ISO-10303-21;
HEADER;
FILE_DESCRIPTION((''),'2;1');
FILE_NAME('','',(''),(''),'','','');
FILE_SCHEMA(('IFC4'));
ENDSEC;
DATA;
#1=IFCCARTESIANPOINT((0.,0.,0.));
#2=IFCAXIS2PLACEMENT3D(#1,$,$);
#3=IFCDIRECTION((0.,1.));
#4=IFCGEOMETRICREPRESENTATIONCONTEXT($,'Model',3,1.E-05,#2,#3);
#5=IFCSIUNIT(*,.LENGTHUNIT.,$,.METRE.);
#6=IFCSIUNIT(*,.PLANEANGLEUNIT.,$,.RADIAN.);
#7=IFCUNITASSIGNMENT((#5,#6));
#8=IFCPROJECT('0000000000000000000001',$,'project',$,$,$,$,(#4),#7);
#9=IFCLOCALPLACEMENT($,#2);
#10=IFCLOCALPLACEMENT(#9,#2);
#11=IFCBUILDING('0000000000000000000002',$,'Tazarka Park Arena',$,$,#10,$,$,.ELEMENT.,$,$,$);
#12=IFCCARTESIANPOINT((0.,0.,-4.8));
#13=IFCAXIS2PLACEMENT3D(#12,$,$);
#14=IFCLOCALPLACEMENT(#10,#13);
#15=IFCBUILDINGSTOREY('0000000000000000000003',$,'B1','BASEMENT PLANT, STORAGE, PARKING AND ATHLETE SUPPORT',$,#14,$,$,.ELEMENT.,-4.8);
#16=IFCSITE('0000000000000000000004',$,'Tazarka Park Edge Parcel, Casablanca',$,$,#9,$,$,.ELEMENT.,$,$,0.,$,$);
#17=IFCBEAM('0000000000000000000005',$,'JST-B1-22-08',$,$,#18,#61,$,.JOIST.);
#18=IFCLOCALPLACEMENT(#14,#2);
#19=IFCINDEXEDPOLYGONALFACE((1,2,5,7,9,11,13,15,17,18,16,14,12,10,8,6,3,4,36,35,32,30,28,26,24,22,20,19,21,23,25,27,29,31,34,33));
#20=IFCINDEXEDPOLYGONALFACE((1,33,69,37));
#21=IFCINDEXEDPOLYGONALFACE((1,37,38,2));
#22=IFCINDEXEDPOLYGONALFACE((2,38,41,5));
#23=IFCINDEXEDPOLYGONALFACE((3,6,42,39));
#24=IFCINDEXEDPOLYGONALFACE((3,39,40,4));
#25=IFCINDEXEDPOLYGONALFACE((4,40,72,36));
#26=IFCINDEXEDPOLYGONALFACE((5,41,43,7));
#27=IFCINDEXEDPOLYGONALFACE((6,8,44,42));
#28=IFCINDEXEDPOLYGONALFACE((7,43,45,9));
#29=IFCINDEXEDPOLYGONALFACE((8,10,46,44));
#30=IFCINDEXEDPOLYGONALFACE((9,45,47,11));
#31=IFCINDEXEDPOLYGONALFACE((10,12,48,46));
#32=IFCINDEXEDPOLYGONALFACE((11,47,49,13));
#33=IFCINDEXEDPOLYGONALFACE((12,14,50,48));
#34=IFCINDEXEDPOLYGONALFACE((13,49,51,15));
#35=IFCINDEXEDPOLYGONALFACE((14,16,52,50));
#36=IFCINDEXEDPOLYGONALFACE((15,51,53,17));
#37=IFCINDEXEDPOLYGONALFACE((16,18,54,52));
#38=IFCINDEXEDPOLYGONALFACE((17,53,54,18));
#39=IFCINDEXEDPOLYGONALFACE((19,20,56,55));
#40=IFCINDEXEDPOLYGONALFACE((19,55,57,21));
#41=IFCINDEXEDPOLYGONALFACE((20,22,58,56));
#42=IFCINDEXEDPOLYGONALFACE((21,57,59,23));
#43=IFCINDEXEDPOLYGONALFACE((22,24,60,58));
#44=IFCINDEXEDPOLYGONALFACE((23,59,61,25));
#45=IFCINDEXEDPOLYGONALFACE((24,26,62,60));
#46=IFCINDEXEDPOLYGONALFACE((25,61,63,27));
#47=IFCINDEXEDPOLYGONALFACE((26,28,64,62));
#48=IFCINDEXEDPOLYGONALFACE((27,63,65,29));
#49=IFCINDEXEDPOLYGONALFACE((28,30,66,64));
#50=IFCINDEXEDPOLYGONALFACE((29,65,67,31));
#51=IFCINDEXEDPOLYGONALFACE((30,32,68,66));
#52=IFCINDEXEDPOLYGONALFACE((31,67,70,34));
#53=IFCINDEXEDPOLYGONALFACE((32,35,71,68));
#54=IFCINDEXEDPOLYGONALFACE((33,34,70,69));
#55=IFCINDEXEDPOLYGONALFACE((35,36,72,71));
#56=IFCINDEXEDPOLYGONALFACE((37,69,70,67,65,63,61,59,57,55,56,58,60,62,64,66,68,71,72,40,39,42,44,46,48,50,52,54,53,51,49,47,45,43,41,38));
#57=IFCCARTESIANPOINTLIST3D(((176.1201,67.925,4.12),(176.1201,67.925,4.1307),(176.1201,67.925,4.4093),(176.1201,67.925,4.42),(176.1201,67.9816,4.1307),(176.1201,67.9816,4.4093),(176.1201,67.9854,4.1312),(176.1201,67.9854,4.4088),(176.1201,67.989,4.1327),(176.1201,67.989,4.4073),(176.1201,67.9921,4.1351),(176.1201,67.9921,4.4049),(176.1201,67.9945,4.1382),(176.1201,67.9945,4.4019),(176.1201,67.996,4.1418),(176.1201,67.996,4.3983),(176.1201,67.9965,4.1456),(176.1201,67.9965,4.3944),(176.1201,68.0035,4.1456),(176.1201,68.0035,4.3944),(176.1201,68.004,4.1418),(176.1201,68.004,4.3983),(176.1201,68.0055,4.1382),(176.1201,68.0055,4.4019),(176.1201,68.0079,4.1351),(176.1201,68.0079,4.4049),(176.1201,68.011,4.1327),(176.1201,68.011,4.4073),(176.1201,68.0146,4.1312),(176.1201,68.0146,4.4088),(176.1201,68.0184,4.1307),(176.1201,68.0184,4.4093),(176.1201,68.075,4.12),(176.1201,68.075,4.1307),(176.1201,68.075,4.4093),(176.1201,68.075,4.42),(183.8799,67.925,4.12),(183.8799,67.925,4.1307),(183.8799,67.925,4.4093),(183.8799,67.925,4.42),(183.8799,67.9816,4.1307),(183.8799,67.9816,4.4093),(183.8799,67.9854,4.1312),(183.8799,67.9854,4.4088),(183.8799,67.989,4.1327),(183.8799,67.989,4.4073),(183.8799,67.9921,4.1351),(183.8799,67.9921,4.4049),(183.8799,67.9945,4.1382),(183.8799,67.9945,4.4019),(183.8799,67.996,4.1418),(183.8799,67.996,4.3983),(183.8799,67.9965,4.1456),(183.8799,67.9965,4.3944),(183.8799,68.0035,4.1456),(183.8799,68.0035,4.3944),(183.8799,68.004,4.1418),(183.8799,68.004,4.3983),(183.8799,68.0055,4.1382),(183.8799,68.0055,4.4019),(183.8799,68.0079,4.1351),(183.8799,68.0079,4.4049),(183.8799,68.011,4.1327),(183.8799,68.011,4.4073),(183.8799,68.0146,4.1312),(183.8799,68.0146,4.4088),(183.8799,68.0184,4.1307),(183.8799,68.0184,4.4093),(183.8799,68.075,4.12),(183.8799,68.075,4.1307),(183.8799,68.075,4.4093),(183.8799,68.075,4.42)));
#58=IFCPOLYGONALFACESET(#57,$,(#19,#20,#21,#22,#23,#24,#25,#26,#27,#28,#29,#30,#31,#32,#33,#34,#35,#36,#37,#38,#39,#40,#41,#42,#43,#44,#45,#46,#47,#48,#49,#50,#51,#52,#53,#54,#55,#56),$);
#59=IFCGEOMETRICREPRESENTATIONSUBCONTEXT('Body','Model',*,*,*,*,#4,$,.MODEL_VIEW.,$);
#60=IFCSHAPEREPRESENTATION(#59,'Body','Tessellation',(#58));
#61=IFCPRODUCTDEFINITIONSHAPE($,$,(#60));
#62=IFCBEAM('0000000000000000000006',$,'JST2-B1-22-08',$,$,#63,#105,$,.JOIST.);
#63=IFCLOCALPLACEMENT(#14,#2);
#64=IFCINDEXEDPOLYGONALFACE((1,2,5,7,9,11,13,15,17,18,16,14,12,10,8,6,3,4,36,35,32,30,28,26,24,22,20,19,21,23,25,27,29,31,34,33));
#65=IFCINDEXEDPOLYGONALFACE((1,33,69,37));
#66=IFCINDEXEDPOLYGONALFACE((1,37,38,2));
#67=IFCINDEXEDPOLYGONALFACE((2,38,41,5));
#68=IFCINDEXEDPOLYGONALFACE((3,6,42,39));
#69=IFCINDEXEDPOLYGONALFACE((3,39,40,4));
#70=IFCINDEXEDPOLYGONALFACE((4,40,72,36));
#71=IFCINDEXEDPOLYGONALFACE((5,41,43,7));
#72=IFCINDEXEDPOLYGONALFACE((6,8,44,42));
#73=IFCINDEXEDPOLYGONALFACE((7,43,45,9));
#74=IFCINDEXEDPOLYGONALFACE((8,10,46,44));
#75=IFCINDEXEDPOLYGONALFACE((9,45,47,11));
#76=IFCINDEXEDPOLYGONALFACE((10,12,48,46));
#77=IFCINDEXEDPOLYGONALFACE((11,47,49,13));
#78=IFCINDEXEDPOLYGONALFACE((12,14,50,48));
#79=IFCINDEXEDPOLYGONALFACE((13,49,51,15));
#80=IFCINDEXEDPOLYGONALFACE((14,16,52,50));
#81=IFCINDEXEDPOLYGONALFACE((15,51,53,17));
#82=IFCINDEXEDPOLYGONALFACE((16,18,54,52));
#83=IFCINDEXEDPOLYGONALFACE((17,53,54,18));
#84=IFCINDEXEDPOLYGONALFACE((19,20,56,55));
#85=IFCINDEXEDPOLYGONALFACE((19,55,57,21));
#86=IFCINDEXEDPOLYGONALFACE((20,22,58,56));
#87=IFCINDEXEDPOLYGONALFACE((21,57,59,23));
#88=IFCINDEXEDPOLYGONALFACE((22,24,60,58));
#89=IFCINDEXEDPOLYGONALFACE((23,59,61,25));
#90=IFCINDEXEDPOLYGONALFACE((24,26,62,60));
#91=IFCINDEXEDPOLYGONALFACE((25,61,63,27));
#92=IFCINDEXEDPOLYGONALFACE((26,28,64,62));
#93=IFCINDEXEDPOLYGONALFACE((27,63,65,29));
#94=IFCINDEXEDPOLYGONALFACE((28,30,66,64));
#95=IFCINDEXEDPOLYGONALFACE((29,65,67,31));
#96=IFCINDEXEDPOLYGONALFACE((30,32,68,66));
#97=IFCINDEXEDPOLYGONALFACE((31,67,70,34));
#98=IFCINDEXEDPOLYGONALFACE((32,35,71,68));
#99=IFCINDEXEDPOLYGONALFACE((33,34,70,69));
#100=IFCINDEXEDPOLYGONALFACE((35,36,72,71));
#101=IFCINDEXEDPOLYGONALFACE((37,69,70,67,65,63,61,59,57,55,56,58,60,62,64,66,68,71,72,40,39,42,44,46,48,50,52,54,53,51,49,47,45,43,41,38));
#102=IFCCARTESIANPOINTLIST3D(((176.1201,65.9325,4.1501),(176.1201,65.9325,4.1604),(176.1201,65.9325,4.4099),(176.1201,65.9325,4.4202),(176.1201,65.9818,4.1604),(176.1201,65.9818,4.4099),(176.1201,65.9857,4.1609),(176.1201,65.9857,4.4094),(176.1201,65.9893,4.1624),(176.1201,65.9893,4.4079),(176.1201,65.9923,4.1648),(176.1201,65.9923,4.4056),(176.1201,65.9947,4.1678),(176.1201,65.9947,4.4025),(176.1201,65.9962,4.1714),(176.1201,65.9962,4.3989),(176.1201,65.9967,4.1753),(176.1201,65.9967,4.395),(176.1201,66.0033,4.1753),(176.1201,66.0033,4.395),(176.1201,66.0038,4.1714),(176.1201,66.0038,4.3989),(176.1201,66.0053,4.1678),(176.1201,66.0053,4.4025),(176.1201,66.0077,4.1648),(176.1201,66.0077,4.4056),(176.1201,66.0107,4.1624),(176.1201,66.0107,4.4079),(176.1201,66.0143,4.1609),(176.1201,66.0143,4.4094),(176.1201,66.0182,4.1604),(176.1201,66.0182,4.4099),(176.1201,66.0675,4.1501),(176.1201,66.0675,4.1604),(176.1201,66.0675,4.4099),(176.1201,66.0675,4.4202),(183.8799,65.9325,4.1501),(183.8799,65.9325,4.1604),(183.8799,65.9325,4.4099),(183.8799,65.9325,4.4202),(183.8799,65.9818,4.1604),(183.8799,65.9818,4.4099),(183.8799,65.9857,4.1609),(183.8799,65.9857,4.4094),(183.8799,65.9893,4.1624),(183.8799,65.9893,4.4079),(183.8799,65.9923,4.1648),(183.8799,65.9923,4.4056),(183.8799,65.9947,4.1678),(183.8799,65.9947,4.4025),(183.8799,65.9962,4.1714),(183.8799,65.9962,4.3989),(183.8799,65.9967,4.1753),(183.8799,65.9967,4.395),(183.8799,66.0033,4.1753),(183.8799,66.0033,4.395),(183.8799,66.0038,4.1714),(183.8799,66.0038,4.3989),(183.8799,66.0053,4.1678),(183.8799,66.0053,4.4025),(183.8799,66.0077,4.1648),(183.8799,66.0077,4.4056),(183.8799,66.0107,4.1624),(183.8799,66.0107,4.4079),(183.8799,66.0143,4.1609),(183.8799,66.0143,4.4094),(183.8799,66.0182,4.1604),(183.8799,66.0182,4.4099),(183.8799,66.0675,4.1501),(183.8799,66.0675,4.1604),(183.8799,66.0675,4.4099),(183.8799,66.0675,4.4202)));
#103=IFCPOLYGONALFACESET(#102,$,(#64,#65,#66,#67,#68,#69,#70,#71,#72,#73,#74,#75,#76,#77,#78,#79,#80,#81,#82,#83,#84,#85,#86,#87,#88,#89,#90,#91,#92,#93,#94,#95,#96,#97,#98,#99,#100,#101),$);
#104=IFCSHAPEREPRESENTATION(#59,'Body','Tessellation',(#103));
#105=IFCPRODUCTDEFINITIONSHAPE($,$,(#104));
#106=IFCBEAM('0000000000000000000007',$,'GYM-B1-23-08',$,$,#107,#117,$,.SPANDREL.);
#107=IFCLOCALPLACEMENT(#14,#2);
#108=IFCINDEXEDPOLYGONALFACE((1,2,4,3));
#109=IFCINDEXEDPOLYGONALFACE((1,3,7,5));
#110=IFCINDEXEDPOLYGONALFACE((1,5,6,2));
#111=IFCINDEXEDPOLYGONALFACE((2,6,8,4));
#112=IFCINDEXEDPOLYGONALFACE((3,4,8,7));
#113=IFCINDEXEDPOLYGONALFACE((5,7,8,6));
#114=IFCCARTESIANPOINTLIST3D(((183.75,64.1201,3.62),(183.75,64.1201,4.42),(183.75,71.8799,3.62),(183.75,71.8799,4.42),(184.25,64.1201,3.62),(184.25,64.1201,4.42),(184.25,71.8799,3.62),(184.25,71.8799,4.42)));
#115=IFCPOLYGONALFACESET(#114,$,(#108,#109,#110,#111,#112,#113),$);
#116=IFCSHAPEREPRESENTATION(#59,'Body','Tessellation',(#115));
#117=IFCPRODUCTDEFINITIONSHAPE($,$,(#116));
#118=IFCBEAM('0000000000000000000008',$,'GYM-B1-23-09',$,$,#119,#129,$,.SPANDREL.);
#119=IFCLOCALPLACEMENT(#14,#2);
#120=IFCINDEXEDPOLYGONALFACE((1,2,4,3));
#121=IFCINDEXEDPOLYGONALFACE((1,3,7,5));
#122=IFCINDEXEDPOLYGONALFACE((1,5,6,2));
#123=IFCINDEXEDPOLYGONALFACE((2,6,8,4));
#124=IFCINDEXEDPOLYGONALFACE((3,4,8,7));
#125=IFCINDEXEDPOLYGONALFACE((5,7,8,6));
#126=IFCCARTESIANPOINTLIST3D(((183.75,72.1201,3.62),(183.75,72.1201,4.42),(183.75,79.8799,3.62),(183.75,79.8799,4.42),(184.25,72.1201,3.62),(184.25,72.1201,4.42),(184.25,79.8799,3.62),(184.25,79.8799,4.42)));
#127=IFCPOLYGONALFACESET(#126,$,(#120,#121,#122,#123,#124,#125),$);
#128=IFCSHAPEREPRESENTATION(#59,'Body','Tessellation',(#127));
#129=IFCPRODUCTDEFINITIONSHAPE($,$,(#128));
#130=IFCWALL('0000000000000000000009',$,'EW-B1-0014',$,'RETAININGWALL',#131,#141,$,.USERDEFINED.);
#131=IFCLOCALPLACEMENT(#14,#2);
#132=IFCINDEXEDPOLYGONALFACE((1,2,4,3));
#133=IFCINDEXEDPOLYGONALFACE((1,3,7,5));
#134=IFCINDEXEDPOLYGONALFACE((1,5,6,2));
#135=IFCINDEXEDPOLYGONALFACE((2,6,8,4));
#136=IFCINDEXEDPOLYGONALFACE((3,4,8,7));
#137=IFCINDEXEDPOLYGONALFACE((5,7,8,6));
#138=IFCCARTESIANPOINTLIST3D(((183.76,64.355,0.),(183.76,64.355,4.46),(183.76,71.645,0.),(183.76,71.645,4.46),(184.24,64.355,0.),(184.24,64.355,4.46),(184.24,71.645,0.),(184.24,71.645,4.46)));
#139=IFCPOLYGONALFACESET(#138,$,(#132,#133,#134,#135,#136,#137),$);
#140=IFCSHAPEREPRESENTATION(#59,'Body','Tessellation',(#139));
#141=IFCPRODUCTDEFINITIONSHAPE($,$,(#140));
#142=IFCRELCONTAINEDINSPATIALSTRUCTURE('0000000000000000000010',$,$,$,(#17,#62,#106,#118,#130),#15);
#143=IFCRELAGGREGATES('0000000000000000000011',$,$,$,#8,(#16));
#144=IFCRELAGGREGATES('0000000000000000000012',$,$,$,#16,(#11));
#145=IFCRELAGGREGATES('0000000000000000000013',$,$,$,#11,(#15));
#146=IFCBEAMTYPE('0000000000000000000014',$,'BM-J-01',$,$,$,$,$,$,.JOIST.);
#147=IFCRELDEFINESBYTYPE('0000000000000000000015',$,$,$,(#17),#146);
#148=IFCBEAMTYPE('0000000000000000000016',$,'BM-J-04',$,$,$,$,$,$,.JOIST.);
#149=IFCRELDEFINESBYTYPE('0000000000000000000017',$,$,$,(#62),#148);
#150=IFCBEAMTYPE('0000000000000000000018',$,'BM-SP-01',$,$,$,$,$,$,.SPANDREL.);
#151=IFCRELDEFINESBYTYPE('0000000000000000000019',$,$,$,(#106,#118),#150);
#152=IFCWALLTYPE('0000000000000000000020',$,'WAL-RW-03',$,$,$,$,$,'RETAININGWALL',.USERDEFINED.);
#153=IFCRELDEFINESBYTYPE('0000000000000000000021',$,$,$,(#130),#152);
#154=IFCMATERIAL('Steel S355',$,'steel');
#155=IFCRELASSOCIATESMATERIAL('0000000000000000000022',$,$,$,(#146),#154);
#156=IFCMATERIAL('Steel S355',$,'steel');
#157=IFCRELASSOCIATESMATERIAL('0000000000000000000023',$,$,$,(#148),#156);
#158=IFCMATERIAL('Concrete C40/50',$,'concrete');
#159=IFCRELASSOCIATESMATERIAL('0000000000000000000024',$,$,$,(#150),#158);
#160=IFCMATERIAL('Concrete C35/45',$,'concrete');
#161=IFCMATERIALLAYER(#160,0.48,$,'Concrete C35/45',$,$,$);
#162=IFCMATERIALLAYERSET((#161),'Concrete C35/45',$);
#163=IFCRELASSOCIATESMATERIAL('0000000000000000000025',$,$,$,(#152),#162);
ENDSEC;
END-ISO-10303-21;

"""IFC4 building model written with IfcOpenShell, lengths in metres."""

from ifc_helpers import new_model, si_unit, direction, frame, frame_2d, origin, origin_2d, place, context, subcontext, project, spatial, rectangle, i_section, extrude, material, layer, layer_set, material_profile, profile_set, type_object, element, save


model = new_model("IFC4")

# Units and contexts
model_context = context("Model", 3, precision=1e-05, world=origin(), true_north=direction((0.0, 1.0)))
body_context = subcontext(model_context, "Body", "Model", "MODEL_VIEW")
ifc_project = project(units=[si_unit("LENGTHUNIT", "METRE"), si_unit("PLANEANGLEUNIT", "RADIAN")], contexts=[model_context])

# Site, building, storey
site_placement = place(None, origin())
site = spatial("IfcSite", under=ifc_project, at=site_placement, Name="Tazarka Park Edge Parcel, Casablanca", CompositionType="ELEMENT", RefElevation=0.0)
building_placement = place(site_placement, origin())
building = spatial("IfcBuilding", under=site, at=building_placement, Name="Tazarka Park Arena", CompositionType="ELEMENT")
storey_placement = place(building_placement, frame((0.0, 0.0, -4.8)))
storey = spatial("IfcBuildingStorey", under=building, at=storey_placement, Name="B1", Description="BASEMENT PLANT, STORAGE, PARKING AND ATHLETE SUPPORT", CompositionType="ELEMENT", Elevation=-4.8)

# Beams
ifc_material_1 = material(Name="Steel S355", Category="steel")
ifc_material_profile_1 = material_profile(ifc_material_1, i_section(OverallWidth=0.1499, OverallDepth=0.3, WebThickness=0.0071, FlangeThickness=0.0107, FilletRadius=0.0149, at=origin_2d()), Name="Steel S355")
ifc_profile_set_1 = profile_set([ifc_material_profile_1], Name="Steel S355")
beam_type_1 = type_object("IfcBeamType", Name="BM-J-01", PredefinedType="JOIST", material=ifc_profile_set_1)
beam_1_placement = place(storey_placement, frame((176.1201, 68.0, 4.27), z_axis=(1.0, 0.0, 0.0), x_axis=(0.0, 1.0, 0.0)))
element("IfcBeam", 1, at=beam_1_placement, inside=storey, type_object=beam_type_1, Name="JST-B1-22-08", PredefinedType="JOIST", context=body_context, shape_type="SweptSolid", body=[
    extrude(i_section(OverallWidth=0.1499, OverallDepth=0.3, WebThickness=0.0071, FlangeThickness=0.0107, FilletRadius=0.0149, at=origin_2d()), origin(), (0.0, 0.0, 1.0), 7.7598),
])
ifc_material_2 = material(Name="Steel S355", Category="steel")
ifc_material_profile_2 = material_profile(ifc_material_2, i_section(OverallWidth=0.135, OverallDepth=0.27, WebThickness=0.0066, FlangeThickness=0.0103, FilletRadius=0.0149, at=origin_2d()), Name="Steel S355")
ifc_profile_set_2 = profile_set([ifc_material_profile_2], Name="Steel S355")
beam_type_2 = type_object("IfcBeamType", Name="BM-J-04", PredefinedType="JOIST", material=ifc_profile_set_2)
beam_2_placement = place(storey_placement, frame((176.1201, 66.0, 4.2852), z_axis=(1.0, 0.0, 0.0), x_axis=(0.0, 1.0, 0.0)))
element("IfcBeam", 2, at=beam_2_placement, inside=storey, type_object=beam_type_2, Name="JST2-B1-22-08", PredefinedType="JOIST", context=body_context, shape_type="SweptSolid", body=[
    extrude(i_section(OverallWidth=0.135, OverallDepth=0.27, WebThickness=0.0066, FlangeThickness=0.0103, FilletRadius=0.0149, at=origin_2d()), origin(), (0.0, 0.0, 1.0), 7.7598),
])
ifc_material_3 = material(Name="Concrete C40/50", Category="concrete")
ifc_material_profile_3 = material_profile(ifc_material_3, rectangle(XDim=0.5, YDim=0.8, at=origin_2d()), Name="Concrete C40/50")
ifc_profile_set_3 = profile_set([ifc_material_profile_3], Name="Concrete C40/50")
beam_type_3 = type_object("IfcBeamType", Name="BM-SP-01", PredefinedType="SPANDREL", material=ifc_profile_set_3)
for number, where, z_axis, x_axis, name in (
    (3, (184.0, 64.1201, 4.02), (0.0, 1.0, 0.0), (-1.0, 0.0, 0.0), "GYM-B1-23-08"),
    (4, (184.0, 72.1201, 4.02), (0.0, 1.0, 0.0), (-1.0, 0.0, 0.0), "GYM-B1-23-09"),
):
    element("IfcBeam", number, at=place(storey_placement, frame(where, z_axis=z_axis, x_axis=x_axis)), inside=storey, type_object=beam_type_3, Name=name, PredefinedType="SPANDREL", context=body_context, shape_type="SweptSolid", body=[
        extrude(rectangle(XDim=0.5, YDim=0.8, at=origin_2d()), origin(), (0.0, 0.0, 1.0), 7.7598),
    ])

# Wall
ifc_material_4 = material(Name="Concrete C35/45", Category="concrete")
ifc_layer = layer(ifc_material_4, 0.48, Name="Concrete C35/45")
ifc_layer_set = layer_set([ifc_layer], Name="Concrete C35/45")
wall_type = type_object("IfcWallType", Name="WAL-RW-03", ElementType="RETAININGWALL", PredefinedType="USERDEFINED", material=ifc_layer_set)
wall_placement = place(storey_placement, frame((184.0, 71.645, 0.0), z_axis=(0.0, 0.0, 1.0), x_axis=(0.0, -1.0, 0.0)))
element("IfcWall", 5, at=wall_placement, inside=storey, type_object=wall_type, Name="EW-B1-0014", ObjectType="RETAININGWALL", PredefinedType="USERDEFINED", context=body_context, shape_type="SweptSolid", body=[
    extrude(rectangle(XDim=7.29, YDim=0.48, at=frame_2d((3.645, 0.0))), origin(), (0.0, 0.0, 1.0), 4.46),
])

save(model, "model.ifc")
